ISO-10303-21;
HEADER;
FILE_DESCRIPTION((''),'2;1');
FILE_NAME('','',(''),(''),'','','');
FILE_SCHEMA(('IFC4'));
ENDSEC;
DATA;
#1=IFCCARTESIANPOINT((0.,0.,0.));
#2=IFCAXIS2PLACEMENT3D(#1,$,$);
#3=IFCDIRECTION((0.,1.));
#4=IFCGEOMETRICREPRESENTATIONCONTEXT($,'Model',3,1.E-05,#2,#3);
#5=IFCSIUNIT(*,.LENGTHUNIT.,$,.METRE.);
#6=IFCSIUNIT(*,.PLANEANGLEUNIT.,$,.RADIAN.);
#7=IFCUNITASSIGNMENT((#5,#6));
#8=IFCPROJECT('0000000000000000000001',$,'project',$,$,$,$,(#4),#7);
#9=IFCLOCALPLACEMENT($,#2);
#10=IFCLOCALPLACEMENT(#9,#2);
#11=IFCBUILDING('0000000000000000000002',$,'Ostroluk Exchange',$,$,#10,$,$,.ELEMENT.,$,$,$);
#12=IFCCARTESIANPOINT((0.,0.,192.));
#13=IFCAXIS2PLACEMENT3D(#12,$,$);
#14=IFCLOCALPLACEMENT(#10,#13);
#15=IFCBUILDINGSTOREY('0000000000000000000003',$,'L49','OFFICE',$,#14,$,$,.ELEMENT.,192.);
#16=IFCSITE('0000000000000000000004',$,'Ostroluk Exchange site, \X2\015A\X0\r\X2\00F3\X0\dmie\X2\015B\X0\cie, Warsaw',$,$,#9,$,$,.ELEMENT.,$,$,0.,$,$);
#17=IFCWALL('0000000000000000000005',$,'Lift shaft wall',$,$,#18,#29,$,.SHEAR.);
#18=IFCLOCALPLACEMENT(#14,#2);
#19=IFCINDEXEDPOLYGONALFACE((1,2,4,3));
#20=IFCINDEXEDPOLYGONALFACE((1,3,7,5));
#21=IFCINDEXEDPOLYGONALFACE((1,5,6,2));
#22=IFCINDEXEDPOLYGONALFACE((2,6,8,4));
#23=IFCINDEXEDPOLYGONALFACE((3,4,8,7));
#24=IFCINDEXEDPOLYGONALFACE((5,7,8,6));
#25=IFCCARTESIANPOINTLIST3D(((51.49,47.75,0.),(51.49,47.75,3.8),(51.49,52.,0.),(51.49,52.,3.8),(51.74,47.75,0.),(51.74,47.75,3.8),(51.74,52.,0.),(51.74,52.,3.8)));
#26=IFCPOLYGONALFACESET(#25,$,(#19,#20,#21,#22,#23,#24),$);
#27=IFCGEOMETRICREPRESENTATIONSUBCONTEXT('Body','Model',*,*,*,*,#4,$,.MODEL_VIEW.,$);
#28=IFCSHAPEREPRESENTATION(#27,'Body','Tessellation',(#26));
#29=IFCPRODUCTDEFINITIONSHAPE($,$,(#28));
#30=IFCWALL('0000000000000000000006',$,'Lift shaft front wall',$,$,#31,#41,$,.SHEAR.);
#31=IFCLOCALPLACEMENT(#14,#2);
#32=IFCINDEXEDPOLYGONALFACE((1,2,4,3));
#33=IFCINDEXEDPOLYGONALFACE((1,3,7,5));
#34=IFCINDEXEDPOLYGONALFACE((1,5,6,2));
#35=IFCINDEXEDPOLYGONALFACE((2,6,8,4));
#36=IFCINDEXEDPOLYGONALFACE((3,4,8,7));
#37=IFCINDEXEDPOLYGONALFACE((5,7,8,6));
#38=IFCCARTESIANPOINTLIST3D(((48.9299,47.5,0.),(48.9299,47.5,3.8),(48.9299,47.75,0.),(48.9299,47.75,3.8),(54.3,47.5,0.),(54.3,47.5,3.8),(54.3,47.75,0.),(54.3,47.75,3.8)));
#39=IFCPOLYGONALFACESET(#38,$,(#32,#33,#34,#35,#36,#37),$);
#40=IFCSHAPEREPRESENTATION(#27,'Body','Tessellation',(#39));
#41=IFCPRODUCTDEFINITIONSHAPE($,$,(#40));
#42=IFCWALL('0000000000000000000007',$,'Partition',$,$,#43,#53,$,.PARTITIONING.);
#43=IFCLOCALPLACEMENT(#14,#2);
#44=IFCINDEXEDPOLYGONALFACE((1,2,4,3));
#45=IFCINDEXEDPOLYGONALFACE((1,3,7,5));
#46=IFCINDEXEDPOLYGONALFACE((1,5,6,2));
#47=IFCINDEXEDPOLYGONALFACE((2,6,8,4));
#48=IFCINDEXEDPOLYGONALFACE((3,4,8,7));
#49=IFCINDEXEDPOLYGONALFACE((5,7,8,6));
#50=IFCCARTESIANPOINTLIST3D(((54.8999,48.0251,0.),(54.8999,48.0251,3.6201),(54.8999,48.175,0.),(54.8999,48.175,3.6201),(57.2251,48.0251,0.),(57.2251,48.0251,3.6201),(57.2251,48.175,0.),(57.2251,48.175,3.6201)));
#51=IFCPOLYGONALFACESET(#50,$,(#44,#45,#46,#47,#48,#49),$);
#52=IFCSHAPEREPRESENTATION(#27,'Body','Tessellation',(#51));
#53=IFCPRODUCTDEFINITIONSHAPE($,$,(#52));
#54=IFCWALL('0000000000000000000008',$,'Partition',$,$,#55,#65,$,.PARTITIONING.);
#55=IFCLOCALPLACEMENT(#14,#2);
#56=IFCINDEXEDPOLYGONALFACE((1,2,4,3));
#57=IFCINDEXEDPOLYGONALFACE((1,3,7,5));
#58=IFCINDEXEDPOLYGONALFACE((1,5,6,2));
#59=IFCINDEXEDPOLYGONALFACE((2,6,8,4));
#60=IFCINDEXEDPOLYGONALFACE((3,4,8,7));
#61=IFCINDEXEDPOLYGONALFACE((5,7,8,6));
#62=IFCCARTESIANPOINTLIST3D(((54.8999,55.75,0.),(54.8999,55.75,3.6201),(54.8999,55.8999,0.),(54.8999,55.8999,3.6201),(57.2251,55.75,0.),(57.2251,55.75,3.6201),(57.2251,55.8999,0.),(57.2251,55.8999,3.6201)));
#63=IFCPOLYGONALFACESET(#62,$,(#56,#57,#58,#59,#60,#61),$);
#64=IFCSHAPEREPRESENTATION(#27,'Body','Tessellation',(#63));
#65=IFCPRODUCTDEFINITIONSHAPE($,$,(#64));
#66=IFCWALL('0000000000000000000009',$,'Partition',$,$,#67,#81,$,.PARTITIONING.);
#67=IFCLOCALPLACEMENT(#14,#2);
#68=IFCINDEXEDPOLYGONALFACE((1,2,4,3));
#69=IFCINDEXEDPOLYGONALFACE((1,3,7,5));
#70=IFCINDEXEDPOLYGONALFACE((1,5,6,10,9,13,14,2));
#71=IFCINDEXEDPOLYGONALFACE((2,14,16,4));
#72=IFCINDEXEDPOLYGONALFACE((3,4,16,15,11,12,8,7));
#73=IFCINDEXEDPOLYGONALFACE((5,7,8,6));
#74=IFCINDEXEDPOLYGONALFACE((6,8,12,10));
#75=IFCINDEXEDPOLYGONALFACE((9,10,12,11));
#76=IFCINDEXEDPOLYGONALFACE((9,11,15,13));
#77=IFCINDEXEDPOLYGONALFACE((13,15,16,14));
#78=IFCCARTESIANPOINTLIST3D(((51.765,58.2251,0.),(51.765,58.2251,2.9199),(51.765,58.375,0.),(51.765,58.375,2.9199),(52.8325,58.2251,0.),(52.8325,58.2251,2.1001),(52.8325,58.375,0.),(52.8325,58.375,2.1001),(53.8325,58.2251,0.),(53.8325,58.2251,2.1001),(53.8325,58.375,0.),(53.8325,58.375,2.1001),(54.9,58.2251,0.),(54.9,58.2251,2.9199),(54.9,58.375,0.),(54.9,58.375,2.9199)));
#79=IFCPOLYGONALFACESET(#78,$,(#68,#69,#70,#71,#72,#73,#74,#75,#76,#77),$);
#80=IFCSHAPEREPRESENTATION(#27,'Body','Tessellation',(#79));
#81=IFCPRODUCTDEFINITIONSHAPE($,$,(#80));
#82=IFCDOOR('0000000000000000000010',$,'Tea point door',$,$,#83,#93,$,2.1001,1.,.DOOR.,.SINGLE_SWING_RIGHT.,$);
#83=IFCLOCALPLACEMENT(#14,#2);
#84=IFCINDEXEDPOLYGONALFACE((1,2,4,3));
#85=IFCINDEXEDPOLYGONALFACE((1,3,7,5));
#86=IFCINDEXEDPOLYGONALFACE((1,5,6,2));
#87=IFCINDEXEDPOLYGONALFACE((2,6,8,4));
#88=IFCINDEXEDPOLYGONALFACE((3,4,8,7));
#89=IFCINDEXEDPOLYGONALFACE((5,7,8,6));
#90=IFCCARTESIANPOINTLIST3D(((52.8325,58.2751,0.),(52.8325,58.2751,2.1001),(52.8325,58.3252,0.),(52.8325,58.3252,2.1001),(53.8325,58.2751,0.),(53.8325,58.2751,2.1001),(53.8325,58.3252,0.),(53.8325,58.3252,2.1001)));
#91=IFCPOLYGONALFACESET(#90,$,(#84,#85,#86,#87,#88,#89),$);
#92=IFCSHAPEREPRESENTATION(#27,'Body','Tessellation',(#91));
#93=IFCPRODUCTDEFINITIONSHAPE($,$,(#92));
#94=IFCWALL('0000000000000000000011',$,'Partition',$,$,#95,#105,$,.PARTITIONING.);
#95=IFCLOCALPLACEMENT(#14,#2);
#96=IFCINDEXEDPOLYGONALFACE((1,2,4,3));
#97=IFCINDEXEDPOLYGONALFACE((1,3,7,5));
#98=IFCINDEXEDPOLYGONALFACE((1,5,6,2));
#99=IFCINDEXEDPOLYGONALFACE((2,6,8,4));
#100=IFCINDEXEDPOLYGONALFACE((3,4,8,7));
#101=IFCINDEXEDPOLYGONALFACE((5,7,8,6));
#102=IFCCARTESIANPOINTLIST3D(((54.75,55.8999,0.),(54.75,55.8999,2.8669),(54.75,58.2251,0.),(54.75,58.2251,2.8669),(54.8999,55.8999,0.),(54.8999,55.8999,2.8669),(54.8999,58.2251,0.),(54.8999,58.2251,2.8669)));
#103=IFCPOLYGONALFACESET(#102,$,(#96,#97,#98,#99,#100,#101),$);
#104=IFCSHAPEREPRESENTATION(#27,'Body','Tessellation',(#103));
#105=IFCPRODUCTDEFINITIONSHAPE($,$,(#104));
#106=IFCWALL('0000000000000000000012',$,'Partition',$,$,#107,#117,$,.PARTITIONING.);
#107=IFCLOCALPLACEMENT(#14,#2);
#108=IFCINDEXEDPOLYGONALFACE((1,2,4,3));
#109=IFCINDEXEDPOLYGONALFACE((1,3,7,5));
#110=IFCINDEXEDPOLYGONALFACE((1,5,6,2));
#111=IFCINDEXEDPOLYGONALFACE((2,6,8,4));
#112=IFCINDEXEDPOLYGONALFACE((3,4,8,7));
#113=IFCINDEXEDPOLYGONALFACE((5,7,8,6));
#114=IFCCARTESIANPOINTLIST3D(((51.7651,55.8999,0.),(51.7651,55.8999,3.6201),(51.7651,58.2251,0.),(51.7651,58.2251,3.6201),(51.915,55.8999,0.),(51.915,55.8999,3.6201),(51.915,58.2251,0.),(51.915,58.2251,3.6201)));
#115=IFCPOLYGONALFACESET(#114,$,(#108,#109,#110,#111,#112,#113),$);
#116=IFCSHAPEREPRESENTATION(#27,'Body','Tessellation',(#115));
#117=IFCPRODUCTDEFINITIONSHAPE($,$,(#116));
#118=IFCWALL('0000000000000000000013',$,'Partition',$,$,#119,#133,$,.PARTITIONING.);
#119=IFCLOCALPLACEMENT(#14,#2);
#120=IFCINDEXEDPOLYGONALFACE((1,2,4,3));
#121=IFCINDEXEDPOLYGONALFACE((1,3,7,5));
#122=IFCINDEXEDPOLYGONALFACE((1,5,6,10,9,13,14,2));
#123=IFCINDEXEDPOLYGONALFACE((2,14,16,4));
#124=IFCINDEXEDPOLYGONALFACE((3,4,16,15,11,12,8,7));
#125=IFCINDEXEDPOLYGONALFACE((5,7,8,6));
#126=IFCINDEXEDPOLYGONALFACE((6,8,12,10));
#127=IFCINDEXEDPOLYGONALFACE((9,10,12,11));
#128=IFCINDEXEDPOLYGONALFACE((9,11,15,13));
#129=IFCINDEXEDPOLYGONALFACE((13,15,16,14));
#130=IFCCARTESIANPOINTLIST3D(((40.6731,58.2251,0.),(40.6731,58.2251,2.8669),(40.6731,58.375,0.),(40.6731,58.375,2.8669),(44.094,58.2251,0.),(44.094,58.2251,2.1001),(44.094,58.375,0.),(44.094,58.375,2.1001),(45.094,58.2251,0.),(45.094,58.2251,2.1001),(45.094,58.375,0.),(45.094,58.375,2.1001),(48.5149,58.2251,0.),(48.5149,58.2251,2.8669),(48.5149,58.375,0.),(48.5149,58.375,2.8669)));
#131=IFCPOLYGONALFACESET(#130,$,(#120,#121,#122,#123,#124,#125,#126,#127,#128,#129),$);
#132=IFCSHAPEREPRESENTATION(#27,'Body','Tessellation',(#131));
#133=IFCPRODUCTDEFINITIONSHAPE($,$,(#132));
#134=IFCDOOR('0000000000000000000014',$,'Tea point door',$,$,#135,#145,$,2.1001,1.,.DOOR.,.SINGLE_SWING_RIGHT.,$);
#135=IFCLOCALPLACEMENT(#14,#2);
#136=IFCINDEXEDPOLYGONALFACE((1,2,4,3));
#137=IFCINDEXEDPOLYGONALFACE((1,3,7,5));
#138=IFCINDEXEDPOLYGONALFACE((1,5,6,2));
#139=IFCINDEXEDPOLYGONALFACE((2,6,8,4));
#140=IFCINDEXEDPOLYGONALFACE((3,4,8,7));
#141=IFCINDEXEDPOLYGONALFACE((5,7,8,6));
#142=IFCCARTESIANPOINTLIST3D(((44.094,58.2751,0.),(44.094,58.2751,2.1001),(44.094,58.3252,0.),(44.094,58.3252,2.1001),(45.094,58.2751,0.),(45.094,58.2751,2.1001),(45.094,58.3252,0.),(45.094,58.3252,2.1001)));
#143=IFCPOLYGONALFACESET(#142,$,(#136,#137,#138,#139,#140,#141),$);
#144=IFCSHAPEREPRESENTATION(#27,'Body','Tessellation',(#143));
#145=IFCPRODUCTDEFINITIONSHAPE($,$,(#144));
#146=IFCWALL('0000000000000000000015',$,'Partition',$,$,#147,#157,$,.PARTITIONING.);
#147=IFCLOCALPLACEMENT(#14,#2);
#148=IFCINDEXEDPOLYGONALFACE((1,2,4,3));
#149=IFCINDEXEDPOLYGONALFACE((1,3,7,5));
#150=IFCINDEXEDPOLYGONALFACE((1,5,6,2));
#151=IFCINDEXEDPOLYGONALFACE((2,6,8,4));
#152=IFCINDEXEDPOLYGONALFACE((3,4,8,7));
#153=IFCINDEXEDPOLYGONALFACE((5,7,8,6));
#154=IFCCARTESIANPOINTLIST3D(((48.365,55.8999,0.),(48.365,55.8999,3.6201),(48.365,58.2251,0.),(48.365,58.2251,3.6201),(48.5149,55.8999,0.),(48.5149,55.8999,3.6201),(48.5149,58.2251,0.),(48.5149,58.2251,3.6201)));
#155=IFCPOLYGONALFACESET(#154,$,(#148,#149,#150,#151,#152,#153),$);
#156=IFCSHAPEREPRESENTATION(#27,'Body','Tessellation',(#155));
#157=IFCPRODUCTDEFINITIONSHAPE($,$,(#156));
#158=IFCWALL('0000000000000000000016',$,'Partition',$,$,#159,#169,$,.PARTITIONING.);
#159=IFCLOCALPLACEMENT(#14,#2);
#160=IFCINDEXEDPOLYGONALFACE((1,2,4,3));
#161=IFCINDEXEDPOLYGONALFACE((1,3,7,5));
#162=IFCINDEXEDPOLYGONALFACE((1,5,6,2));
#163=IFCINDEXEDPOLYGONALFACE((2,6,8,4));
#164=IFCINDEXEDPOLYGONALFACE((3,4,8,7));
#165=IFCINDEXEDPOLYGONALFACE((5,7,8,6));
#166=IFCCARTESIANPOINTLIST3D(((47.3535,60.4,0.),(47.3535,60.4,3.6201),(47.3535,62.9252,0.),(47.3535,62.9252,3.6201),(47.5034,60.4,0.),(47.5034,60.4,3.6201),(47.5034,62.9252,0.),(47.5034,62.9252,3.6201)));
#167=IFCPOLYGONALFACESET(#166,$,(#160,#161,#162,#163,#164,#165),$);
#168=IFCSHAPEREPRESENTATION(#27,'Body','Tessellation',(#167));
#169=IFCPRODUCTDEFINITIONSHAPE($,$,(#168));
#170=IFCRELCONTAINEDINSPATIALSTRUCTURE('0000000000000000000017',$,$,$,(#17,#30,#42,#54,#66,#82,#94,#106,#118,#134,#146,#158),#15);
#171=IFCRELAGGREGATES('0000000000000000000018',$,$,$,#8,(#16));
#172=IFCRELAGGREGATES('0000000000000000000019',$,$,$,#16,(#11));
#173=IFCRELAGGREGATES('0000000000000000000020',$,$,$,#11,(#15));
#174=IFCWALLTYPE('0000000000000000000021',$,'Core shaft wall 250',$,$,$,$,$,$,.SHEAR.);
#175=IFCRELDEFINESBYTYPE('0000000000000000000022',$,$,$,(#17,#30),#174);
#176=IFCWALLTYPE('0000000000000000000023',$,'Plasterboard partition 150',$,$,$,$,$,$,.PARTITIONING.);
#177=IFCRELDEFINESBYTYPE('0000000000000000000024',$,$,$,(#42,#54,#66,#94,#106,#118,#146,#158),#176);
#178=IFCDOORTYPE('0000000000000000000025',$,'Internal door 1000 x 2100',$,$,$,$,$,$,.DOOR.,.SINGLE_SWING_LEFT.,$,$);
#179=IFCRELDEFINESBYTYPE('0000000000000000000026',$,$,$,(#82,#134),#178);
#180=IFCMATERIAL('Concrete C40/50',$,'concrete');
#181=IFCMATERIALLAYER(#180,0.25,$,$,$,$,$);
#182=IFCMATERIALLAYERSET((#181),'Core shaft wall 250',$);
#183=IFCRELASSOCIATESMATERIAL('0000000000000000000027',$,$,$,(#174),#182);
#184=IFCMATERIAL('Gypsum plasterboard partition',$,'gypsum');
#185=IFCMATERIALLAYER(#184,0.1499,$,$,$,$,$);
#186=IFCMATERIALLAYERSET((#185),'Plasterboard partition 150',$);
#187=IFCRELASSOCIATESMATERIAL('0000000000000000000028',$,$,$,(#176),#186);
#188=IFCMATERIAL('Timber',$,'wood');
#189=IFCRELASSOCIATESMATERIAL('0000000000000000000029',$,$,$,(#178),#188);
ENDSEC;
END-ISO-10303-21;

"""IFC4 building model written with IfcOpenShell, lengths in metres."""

from ifc_helpers import new_model, si_unit, direction, frame, frame_2d, origin, place, context, subcontext, project, spatial, rectangle, extrude, material, layer, layer_set, type_object, element, fill, save


model = new_model("IFC4")

# Units and contexts
model_context = context("Model", 3, precision=1e-05, world=origin(), true_north=direction((0.0, 1.0)))
body_context = subcontext(model_context, "Body", "Model", "MODEL_VIEW")
ifc_project = project(units=[si_unit("LENGTHUNIT", "METRE"), si_unit("PLANEANGLEUNIT", "RADIAN")], contexts=[model_context])

# Site, building, storey
site_placement = place(None, origin())
site = spatial("IfcSite", under=ifc_project, at=site_placement, Name="Ostroluk Exchange site, Śródmieście, Warsaw", CompositionType="ELEMENT", RefElevation=0.0)
building_placement = place(site_placement, origin())
building = spatial("IfcBuilding", under=site, at=building_placement, Name="Ostroluk Exchange", CompositionType="ELEMENT")
storey_placement = place(building_placement, frame((0.0, 0.0, 192.0)))
storey = spatial("IfcBuildingStorey", under=building, at=storey_placement, Name="L49", Description="OFFICE", CompositionType="ELEMENT", Elevation=192.0)

# Shared definitions
ifc_material_1 = material(Name="Concrete C40/50", Category="concrete")
ifc_layer_1 = layer(ifc_material_1, 0.25)
ifc_layer_set_1 = layer_set([ifc_layer_1], Name="Core shaft wall 250")
wall_type_1 = type_object("IfcWallType", Name="Core shaft wall 250", PredefinedType="SHEAR", material=ifc_layer_set_1)

# Walls
wall_1_placement = place(storey_placement, frame((51.615, 47.75, 0.0), z_axis=(0.0, 0.0, 1.0), x_axis=(0.0, 1.0, 0.0)))
element("IfcWall", 1, at=wall_1_placement, inside=storey, type_object=wall_type_1, Name="Lift shaft wall", PredefinedType="SHEAR", context=body_context, shape_type="SweptSolid", body=[
    extrude(rectangle(XDim=4.25, YDim=0.25, at=frame_2d((2.125, 0.0))), origin(), (0.0, 0.0, 1.0), 3.8),
])
wall_2_placement = place(storey_placement, frame((48.9299, 47.625, 0.0), z_axis=(0.0, 0.0, 1.0), x_axis=(1.0, 0.0, 0.0)))
element("IfcWall", 2, at=wall_2_placement, inside=storey, type_object=wall_type_1, Name="Lift shaft front wall", PredefinedType="SHEAR", context=body_context, shape_type="SweptSolid", body=[
    extrude(rectangle(XDim=5.3701, YDim=0.25, at=frame_2d((2.6851, 0.0))), origin(), (0.0, 0.0, 1.0), 3.8),
])
ifc_material_2 = material(Name="Gypsum plasterboard partition", Category="gypsum")
ifc_layer_2 = layer(ifc_material_2, 0.1499)
ifc_layer_set_2 = layer_set([ifc_layer_2], Name="Plasterboard partition 150")
wall_type_2 = type_object("IfcWallType", Name="Plasterboard partition 150", PredefinedType="PARTITIONING", material=ifc_layer_set_2)
for number, where, z_axis, x_axis, name in (
    (3, (54.8999, 48.1001, 0.0), (0.0, 0.0, 1.0), (1.0, 0.0, 0.0), "Partition"),
    (4, (54.8999, 55.825, 0.0), (0.0, 0.0, 1.0), (1.0, 0.0, 0.0), "Partition"),
):
    element("IfcWall", number, at=place(storey_placement, frame(where, z_axis=z_axis, x_axis=x_axis)), inside=storey, type_object=wall_type_2, Name=name, PredefinedType="PARTITIONING", context=body_context, shape_type="SweptSolid", body=[
        extrude(rectangle(XDim=2.3252, YDim=0.1499, at=frame_2d((1.1626, 0.0))), origin(), (0.0, 0.0, 1.0), 3.6201),
    ])

# Wall, opening, door
wall_3_placement = place(storey_placement, frame((54.8999, 58.3, 0.0), z_axis=(0.0, 0.0, 1.0), x_axis=(-1.0, 0.0, 0.0)))
wall_3 = element("IfcWall", 5, at=wall_3_placement, inside=storey, type_object=wall_type_2, Name="Partition", PredefinedType="PARTITIONING", context=body_context, shape_type="SweptSolid", body=[
    extrude(rectangle(XDim=3.135, YDim=0.1499, at=frame_2d((1.5674, 0.0))), origin(), (0.0, 0.0, 1.0), 2.9199),
])
opening_1_placement = place(wall_3_placement, frame((1.0674, 0.0, 0.0)))
opening_1 = element("IfcOpeningElement", 6, at=opening_1_placement, cuts=wall_3, PredefinedType="OPENING", context=body_context, shape_type="SweptSolid", body=[
    extrude(rectangle(XDim=1.0, YDim=2.1001, at=frame_2d((0.5, 1.05))), frame((0.0, 0.085, 0.0), z_axis=(0.0, -1.0, 0.0), x_axis=(1.0, 0.0, 0.0)), (0.0, 0.0, 1.0), 0.1699),
])
ifc_material_3 = material(Name="Timber", Category="wood")
door_type_1 = type_object("IfcDoorType", Name="Internal door 1000 x 2100", OperationType="SINGLE_SWING_LEFT", PredefinedType="DOOR", material=ifc_material_3)
door_1_placement = place(opening_1_placement, origin())
door_1 = element("IfcDoor", 7, at=door_1_placement, inside=storey, type_object=door_type_1, Name="Tea point door", OperationType="SINGLE_SWING_RIGHT", OverallHeight=2.1001, OverallWidth=1.0, PredefinedType="DOOR", context=body_context, shape_type="SweptSolid", body=[
    extrude(rectangle(XDim=1.0, YDim=2.1001, at=frame_2d((0.5, 1.05))), frame((0.0, 0.0249, 0.0), z_axis=(0.0, -1.0, 0.0), x_axis=(1.0, 0.0, 0.0)), (0.0, 0.0, 1.0), 0.05),
])
fill(opening_1, door_1)

# Walls
wall_4_placement = place(storey_placement, frame((54.825, 55.8999, 0.0), z_axis=(0.0, 0.0, 1.0), x_axis=(0.0, 1.0, 0.0)))
element("IfcWall", 8, at=wall_4_placement, inside=storey, type_object=wall_type_2, Name="Partition", PredefinedType="PARTITIONING", context=body_context, shape_type="SweptSolid", body=[
    extrude(rectangle(XDim=2.3252, YDim=0.1499, at=frame_2d((1.1626, 0.0))), origin(), (0.0, 0.0, 1.0), 2.8669),
])
wall_5_placement = place(storey_placement, frame((51.8401, 55.8999, 0.0), z_axis=(0.0, 0.0, 1.0), x_axis=(0.0, 1.0, 0.0)))
element("IfcWall", 9, at=wall_5_placement, inside=storey, type_object=wall_type_2, Name="Partition", PredefinedType="PARTITIONING", context=body_context, shape_type="SweptSolid", body=[
    extrude(rectangle(XDim=2.3252, YDim=0.1499, at=frame_2d((1.1626, 0.0))), origin(), (0.0, 0.0, 1.0), 3.6201),
])

# Wall, opening, door
wall_6_placement = place(storey_placement, frame((48.5149, 58.3, 0.0), z_axis=(0.0, 0.0, 1.0), x_axis=(-1.0, 0.0, 0.0)))
wall_6 = element("IfcWall", 10, at=wall_6_placement, inside=storey, type_object=wall_type_2, Name="Partition", PredefinedType="PARTITIONING", context=body_context, shape_type="SweptSolid", body=[
    extrude(rectangle(XDim=7.8418, YDim=0.1499, at=frame_2d((3.9209, 0.0))), origin(), (0.0, 0.0, 1.0), 2.8669),
])
opening_2_placement = place(wall_6_placement, frame((3.4209, 0.0, 0.0)))
opening_2 = element("IfcOpeningElement", 11, at=opening_2_placement, cuts=wall_6, PredefinedType="OPENING", context=body_context, shape_type="SweptSolid", body=[
    extrude(rectangle(XDim=1.0, YDim=2.1001, at=frame_2d((0.5, 1.05))), frame((0.0, 0.085, 0.0), z_axis=(0.0, -1.0, 0.0), x_axis=(1.0, 0.0, 0.0)), (0.0, 0.0, 1.0), 0.1699),
])
door_2_placement = place(opening_2_placement, origin())
door_2 = element("IfcDoor", 12, at=door_2_placement, inside=storey, type_object=door_type_1, Name="Tea point door", OperationType="SINGLE_SWING_RIGHT", OverallHeight=2.1001, OverallWidth=1.0, PredefinedType="DOOR", context=body_context, shape_type="SweptSolid", body=[
    extrude(rectangle(XDim=1.0, YDim=2.1001, at=frame_2d((0.5, 1.05))), frame((0.0, 0.0249, 0.0), z_axis=(0.0, -1.0, 0.0), x_axis=(1.0, 0.0, 0.0)), (0.0, 0.0, 1.0), 0.05),
])
fill(opening_2, door_2)

# Walls
wall_7_placement = place(storey_placement, frame((48.4399, 55.8999, 0.0), z_axis=(0.0, 0.0, 1.0), x_axis=(0.0, 1.0, 0.0)))
element("IfcWall", 13, at=wall_7_placement, inside=storey, type_object=wall_type_2, Name="Partition", PredefinedType="PARTITIONING", context=body_context, shape_type="SweptSolid", body=[
    extrude(rectangle(XDim=2.3252, YDim=0.1499, at=frame_2d((1.1626, 0.0))), origin(), (0.0, 0.0, 1.0), 3.6201),
])
wall_8_placement = place(storey_placement, frame((47.4285, 60.3999, 0.0), z_axis=(0.0, 0.0, 1.0), x_axis=(0.0, 1.0, 0.0)))
element("IfcWall", 14, at=wall_8_placement, inside=storey, type_object=wall_type_2, Name="Partition", PredefinedType="PARTITIONING", context=body_context, shape_type="SweptSolid", body=[
    extrude(rectangle(XDim=2.5251, YDim=0.1499, at=frame_2d((1.2627, 0.0))), origin(), (0.0, 0.0, 1.0), 3.6201),
])

save(model, "model.ifc")
